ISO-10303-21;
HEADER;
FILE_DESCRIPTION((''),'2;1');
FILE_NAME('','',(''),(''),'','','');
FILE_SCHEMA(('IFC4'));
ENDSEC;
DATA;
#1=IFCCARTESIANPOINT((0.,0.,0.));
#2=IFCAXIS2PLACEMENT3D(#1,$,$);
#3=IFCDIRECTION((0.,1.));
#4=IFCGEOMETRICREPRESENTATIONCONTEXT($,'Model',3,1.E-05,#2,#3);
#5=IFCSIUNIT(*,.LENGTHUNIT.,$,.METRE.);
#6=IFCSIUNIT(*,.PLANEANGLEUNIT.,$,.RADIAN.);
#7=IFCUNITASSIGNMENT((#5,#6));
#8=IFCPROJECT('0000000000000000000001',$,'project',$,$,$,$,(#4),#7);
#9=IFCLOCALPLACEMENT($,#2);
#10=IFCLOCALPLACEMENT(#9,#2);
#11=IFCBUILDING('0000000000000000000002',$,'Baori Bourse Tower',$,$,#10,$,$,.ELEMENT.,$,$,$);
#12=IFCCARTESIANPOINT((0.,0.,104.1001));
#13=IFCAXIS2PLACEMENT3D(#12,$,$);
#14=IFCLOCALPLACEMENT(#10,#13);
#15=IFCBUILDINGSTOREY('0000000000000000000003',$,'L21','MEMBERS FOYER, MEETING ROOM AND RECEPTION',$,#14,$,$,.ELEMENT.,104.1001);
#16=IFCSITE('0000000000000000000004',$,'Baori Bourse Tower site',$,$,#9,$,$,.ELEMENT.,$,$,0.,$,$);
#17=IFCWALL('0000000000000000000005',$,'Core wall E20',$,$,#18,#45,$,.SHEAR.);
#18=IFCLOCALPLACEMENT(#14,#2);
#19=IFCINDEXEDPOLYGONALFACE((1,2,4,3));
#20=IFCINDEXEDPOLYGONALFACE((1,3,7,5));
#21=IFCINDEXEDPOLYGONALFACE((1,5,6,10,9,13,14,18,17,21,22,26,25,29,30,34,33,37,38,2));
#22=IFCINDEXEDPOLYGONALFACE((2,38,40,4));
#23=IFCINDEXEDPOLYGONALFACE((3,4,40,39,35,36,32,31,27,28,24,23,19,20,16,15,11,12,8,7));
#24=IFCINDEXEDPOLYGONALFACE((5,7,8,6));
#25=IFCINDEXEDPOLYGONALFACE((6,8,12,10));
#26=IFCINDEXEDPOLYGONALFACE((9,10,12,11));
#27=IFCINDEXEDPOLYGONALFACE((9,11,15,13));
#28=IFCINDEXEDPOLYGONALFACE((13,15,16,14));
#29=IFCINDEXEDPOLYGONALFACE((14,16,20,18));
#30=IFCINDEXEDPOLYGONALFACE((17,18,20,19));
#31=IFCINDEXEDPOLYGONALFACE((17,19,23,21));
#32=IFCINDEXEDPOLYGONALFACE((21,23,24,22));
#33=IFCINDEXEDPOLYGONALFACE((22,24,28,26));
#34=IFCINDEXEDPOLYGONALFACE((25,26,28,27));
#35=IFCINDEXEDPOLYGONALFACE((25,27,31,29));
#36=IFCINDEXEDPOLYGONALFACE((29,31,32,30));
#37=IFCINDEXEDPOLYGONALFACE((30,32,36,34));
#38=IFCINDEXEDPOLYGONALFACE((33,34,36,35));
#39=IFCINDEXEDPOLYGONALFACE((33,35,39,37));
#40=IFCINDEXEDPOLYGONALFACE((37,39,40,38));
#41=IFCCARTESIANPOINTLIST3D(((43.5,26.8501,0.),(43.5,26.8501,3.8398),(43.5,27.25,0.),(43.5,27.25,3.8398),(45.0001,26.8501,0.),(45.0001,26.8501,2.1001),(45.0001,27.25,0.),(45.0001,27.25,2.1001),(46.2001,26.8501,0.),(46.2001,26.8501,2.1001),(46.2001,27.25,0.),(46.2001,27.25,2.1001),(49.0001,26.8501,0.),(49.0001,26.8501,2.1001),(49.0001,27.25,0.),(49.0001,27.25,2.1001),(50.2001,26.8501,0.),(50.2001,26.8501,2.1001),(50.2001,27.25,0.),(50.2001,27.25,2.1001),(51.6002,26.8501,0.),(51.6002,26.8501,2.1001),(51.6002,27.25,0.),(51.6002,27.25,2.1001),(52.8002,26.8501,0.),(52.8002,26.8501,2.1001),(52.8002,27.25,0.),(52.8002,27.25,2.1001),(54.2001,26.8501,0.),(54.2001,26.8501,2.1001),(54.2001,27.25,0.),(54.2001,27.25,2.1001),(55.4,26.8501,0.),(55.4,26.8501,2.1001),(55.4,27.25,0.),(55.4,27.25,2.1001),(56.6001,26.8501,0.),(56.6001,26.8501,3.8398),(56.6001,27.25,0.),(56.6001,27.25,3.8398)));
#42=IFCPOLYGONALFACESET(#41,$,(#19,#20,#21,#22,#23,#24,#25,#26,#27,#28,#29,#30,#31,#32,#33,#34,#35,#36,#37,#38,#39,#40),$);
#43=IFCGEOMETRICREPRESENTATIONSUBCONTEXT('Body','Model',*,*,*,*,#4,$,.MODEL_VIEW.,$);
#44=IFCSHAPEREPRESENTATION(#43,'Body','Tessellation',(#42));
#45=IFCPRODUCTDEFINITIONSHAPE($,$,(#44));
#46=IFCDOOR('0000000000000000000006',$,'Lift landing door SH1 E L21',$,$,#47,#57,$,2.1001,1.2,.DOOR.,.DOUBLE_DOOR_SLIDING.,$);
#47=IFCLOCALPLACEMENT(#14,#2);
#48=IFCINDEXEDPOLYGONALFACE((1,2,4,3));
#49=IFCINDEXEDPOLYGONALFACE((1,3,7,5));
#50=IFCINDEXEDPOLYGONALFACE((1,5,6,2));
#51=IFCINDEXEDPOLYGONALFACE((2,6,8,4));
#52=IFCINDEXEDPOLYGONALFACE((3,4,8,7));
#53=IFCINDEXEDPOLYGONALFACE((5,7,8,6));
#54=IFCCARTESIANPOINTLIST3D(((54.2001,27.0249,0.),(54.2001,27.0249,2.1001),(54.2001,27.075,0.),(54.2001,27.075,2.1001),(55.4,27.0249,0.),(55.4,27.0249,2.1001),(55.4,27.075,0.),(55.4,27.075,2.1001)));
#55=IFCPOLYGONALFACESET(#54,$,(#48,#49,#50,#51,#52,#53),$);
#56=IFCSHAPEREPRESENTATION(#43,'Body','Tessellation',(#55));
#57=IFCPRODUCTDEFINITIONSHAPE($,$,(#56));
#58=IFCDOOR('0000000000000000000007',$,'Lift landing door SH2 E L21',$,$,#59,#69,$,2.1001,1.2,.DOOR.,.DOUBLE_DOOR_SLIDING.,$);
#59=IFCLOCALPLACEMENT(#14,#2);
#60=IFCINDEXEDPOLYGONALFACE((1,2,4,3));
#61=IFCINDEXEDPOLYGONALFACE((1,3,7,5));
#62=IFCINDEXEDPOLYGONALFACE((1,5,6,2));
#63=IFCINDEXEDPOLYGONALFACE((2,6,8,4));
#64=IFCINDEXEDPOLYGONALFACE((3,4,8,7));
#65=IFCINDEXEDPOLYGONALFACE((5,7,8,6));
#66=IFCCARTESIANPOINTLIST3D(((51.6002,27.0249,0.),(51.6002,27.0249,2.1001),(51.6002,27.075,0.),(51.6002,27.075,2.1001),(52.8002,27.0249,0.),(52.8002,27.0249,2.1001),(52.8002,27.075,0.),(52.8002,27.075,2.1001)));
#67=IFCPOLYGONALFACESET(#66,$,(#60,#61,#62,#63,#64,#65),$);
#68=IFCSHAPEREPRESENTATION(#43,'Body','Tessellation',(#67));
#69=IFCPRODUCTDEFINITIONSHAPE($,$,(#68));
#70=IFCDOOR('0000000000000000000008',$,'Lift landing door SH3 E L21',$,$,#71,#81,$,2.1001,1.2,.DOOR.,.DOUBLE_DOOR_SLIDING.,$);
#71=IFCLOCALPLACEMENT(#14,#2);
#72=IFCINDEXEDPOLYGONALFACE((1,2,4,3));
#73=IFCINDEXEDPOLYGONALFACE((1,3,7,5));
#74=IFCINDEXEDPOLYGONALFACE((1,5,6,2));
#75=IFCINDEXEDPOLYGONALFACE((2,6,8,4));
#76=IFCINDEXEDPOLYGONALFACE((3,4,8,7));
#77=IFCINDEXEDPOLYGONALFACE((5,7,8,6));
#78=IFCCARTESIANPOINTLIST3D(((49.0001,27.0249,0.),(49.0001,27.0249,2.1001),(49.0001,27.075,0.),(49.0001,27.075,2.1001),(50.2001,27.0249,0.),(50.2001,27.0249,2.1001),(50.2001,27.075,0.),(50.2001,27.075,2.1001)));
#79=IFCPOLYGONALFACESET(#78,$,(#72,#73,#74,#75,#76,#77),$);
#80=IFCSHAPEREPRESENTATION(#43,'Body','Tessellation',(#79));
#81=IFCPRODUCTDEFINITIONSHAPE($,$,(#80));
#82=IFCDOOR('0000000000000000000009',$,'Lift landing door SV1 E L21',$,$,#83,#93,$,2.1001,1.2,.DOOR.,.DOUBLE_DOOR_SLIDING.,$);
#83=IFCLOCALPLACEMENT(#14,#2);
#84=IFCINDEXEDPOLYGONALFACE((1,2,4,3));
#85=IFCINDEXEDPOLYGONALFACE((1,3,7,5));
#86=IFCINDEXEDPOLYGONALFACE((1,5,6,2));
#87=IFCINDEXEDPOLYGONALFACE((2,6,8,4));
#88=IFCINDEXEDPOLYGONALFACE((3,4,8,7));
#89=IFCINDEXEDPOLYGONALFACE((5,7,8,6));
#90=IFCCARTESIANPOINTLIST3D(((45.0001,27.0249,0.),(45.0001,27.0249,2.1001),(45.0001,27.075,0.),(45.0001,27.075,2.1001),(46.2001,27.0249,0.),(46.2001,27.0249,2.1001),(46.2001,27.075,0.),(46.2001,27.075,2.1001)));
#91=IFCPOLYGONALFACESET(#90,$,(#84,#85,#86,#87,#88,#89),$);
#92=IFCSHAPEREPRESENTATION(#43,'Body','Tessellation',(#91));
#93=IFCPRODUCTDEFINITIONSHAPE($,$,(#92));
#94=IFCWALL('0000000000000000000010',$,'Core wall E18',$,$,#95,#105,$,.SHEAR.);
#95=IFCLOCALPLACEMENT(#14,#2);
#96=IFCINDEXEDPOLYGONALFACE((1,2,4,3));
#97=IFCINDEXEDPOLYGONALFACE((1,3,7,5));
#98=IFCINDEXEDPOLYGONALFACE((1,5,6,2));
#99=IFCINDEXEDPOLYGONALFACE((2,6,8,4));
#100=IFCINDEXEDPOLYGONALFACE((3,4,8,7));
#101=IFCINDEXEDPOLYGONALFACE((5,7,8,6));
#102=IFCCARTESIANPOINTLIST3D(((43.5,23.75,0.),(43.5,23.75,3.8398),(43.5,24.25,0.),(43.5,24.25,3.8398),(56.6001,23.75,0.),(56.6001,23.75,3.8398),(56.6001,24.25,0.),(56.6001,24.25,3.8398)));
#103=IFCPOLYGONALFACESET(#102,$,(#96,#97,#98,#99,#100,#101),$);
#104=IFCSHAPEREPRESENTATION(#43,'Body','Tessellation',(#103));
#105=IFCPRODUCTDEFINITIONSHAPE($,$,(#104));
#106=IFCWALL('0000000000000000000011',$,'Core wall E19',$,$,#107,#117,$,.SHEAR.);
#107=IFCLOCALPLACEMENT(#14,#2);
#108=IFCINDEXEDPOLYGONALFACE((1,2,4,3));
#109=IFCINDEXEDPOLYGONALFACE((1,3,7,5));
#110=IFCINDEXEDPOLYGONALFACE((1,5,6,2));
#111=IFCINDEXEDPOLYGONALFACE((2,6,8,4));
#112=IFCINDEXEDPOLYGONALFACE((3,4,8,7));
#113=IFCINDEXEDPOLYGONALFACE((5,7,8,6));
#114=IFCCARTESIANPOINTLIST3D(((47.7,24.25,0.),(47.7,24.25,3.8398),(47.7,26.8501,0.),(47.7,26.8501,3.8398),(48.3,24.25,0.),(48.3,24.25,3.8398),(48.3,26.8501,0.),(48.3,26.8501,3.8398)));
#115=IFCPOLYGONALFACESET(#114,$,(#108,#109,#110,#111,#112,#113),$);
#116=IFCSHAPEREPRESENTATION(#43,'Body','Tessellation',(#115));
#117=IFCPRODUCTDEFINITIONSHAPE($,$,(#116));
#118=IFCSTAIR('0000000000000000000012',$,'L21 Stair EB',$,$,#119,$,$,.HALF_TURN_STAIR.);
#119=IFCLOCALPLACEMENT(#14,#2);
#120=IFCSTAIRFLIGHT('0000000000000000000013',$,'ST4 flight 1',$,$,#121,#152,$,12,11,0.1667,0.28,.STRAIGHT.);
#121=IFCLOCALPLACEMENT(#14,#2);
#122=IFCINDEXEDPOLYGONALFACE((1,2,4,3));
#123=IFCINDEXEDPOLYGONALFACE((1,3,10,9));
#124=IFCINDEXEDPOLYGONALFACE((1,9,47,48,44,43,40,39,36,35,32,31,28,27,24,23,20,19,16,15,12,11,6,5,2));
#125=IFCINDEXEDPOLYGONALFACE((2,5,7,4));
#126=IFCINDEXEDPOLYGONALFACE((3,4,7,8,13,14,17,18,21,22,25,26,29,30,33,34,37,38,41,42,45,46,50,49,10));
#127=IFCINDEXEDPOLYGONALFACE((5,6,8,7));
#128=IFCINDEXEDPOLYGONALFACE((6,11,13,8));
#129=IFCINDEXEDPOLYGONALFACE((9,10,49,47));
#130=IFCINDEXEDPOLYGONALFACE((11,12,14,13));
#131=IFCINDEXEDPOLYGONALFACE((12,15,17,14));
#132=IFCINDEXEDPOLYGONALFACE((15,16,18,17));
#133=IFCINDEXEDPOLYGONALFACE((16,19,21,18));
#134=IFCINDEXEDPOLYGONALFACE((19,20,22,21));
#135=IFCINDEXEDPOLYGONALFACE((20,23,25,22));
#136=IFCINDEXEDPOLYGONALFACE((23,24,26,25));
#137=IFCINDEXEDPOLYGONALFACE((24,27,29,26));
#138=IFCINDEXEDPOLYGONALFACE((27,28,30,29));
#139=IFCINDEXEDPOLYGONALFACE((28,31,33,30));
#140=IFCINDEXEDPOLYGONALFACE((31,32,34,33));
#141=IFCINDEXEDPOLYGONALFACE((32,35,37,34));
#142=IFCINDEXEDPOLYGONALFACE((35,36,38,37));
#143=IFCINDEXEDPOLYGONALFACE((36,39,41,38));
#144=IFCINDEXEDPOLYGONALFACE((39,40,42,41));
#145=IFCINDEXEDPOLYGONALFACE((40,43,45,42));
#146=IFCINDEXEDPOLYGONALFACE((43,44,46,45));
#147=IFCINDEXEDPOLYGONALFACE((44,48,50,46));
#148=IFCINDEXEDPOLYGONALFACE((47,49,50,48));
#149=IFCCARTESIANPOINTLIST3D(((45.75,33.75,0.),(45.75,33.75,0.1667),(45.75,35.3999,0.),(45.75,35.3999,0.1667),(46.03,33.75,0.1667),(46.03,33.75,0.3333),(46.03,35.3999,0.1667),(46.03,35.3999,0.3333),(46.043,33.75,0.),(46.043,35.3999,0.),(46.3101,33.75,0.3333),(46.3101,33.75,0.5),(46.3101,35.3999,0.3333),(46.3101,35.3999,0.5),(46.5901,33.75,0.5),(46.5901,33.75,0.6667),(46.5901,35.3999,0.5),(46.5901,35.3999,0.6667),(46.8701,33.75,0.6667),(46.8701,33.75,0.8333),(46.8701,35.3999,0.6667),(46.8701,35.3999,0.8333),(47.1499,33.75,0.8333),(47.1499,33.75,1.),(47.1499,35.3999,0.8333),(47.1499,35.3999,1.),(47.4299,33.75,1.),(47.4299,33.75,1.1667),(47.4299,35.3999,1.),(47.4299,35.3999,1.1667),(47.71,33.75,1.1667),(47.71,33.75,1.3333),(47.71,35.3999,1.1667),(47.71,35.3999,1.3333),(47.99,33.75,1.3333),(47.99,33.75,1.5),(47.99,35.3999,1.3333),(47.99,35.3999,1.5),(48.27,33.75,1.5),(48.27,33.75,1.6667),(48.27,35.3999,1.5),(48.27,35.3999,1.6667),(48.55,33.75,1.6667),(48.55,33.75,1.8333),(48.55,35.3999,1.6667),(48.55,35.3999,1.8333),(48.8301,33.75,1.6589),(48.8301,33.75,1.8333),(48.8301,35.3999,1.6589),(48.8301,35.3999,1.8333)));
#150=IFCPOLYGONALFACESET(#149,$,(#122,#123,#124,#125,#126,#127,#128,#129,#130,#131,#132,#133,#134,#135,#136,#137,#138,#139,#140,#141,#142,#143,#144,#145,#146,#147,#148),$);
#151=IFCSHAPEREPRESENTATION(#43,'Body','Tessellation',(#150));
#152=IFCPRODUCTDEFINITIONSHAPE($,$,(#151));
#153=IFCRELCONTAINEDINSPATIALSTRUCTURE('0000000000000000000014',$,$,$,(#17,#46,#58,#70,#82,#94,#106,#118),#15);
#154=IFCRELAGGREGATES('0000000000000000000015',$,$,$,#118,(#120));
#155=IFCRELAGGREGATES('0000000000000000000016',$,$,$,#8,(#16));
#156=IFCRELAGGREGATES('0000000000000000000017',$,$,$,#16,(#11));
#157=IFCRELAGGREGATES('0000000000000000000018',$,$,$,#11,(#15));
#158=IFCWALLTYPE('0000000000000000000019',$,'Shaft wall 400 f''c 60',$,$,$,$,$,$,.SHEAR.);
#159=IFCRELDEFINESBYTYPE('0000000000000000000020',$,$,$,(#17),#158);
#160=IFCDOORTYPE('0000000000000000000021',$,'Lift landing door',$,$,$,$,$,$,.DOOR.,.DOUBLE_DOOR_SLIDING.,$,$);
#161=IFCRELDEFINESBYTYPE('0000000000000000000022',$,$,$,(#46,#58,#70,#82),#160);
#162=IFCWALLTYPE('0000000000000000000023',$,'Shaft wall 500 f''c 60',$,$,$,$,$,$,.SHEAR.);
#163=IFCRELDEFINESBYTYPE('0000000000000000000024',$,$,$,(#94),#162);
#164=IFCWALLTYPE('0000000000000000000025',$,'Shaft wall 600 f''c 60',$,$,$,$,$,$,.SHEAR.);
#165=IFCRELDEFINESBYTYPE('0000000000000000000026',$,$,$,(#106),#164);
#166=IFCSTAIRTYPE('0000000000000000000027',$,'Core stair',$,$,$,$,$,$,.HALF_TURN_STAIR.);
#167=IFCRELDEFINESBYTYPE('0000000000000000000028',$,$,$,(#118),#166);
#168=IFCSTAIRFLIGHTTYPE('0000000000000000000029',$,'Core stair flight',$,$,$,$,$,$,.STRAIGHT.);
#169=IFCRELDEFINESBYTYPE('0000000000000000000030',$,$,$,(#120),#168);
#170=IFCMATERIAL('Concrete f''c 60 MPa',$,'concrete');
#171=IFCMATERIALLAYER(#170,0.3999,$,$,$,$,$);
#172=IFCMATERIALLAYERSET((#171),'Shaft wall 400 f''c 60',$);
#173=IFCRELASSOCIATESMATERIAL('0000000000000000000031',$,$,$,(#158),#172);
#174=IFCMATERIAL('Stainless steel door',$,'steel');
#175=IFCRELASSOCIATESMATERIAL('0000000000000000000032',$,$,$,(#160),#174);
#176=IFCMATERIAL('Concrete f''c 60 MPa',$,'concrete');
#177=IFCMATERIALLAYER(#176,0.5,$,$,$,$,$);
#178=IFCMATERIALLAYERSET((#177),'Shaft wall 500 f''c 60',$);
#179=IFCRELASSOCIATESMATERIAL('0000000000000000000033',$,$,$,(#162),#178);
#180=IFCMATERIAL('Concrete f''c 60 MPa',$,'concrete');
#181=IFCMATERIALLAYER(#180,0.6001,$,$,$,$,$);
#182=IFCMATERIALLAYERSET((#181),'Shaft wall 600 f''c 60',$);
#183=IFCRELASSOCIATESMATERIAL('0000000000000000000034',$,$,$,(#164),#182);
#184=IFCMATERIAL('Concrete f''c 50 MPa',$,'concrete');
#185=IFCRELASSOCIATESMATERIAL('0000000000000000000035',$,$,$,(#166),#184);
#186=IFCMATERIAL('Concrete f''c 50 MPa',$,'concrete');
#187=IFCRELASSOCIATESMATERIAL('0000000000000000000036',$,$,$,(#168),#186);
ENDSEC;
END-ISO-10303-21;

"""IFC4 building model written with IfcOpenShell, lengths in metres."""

from ifc_helpers import new_model, si_unit, direction, frame, frame_2d, origin, place, context, subcontext, project, spatial, polyline, rectangle, outline, extrude, material, layer, layer_set, type_object, element, fill, aggregate, save


model = new_model("IFC4")

# Units and contexts
model_context = context("Model", 3, precision=1e-05, world=origin(), true_north=direction((0.0, 1.0)))
body_context = subcontext(model_context, "Body", "Model", "MODEL_VIEW")
ifc_project = project(units=[si_unit("LENGTHUNIT", "METRE"), si_unit("PLANEANGLEUNIT", "RADIAN")], contexts=[model_context])

# Site, building, storey
site_placement = place(None, origin())
site = spatial("IfcSite", under=ifc_project, at=site_placement, Name="Baori Bourse Tower site", CompositionType="ELEMENT", RefElevation=0.0)
building_placement = place(site_placement, origin())
building = spatial("IfcBuilding", under=site, at=building_placement, Name="Baori Bourse Tower", CompositionType="ELEMENT")
storey_placement = place(building_placement, frame((0.0, 0.0, 104.1001)))
storey = spatial("IfcBuildingStorey", under=building, at=storey_placement, Name="L21", Description="MEMBERS FOYER, MEETING ROOM AND RECEPTION", CompositionType="ELEMENT", Elevation=104.1001)

# Wall, openings, doors
ifc_material_1 = material(Name="Concrete f'c 60 MPa", Category="concrete")
ifc_layer_1 = layer(ifc_material_1, 0.3999)
ifc_layer_set_1 = layer_set([ifc_layer_1], Name="Shaft wall 400 f'c 60")
wall_type_1 = type_object("IfcWallType", Name="Shaft wall 400 f'c 60", PredefinedType="SHEAR", material=ifc_layer_set_1)
wall_1_placement = place(storey_placement, frame((43.5, 27.05, 0.0), z_axis=(0.0, 0.0, 1.0), x_axis=(1.0, 0.0, 0.0)))
wall_1 = element("IfcWall", 1, at=wall_1_placement, inside=storey, type_object=wall_type_1, Name="Core wall E20", PredefinedType="SHEAR", context=body_context, shape_type="SweptSolid", body=[
    extrude(rectangle(XDim=13.1001, YDim=0.3999, at=frame_2d((6.55, 0.0))), origin(), (0.0, 0.0, 1.0), 3.8398),
])
opening_1_placement = place(wall_1_placement, frame((10.7, 0.0, 0.0)))
opening_1 = element("IfcOpeningElement", 2, at=opening_1_placement, cuts=wall_1, PredefinedType="OPENING", context=body_context, shape_type="SweptSolid", body=[
    extrude(rectangle(XDim=1.2, YDim=2.1001, at=frame_2d((0.6001, 1.05))), frame((0.0, 0.21, 0.0), z_axis=(0.0, -1.0, 0.0), x_axis=(1.0, 0.0, 0.0)), (0.0, 0.0, 1.0), 0.4199),
])
opening_2_placement = place(wall_1_placement, frame((8.1001, 0.0, 0.0)))
opening_2 = element("IfcOpeningElement", 3, at=opening_2_placement, cuts=wall_1, PredefinedType="OPENING", context=body_context, shape_type="SweptSolid", body=[
    extrude(rectangle(XDim=1.2, YDim=2.1001, at=frame_2d((0.6001, 1.05))), frame((0.0, 0.21, 0.0), z_axis=(0.0, -1.0, 0.0), x_axis=(1.0, 0.0, 0.0)), (0.0, 0.0, 1.0), 0.4199),
])
opening_3_placement = place(wall_1_placement, frame((5.5, 0.0, 0.0)))
opening_3 = element("IfcOpeningElement", 4, at=opening_3_placement, cuts=wall_1, PredefinedType="OPENING", context=body_context, shape_type="SweptSolid", body=[
    extrude(rectangle(XDim=1.2, YDim=2.1001, at=frame_2d((0.6001, 1.05))), frame((0.0, 0.21, 0.0), z_axis=(0.0, -1.0, 0.0), x_axis=(1.0, 0.0, 0.0)), (0.0, 0.0, 1.0), 0.4199),
])
opening_4_placement = place(wall_1_placement, frame((1.5, 0.0, 0.0)))
opening_4 = element("IfcOpeningElement", 5, at=opening_4_placement, cuts=wall_1, PredefinedType="OPENING", context=body_context, shape_type="SweptSolid", body=[
    extrude(rectangle(XDim=1.2, YDim=2.1001, at=frame_2d((0.6001, 1.05))), frame((0.0, 0.21, 0.0), z_axis=(0.0, -1.0, 0.0), x_axis=(1.0, 0.0, 0.0)), (0.0, 0.0, 1.0), 0.4199),
])
ifc_material_2 = material(Name="Stainless steel door", Category="steel")
door_type_1 = type_object("IfcDoorType", Name="Lift landing door", OperationType="DOUBLE_DOOR_SLIDING", PredefinedType="DOOR", material=ifc_material_2)
door_1_placement = place(opening_1_placement, origin())
door_1 = element("IfcDoor", 6, at=door_1_placement, inside=storey, type_object=door_type_1, Name="Lift landing door SH1 E L21", OperationType="DOUBLE_DOOR_SLIDING", OverallHeight=2.1001, OverallWidth=1.2, PredefinedType="DOOR", context=body_context, shape_type="SweptSolid", body=[
    extrude(rectangle(XDim=1.2, YDim=2.1001, at=frame_2d((0.6001, 1.05))), frame((0.0, 0.0249, 0.0), z_axis=(0.0, -1.0, 0.0), x_axis=(1.0, 0.0, 0.0)), (0.0, 0.0, 1.0), 0.05),
])
fill(opening_1, door_1)
door_2_placement = place(opening_2_placement, origin())
door_2 = element("IfcDoor", 7, at=door_2_placement, inside=storey, type_object=door_type_1, Name="Lift landing door SH2 E L21", OperationType="DOUBLE_DOOR_SLIDING", OverallHeight=2.1001, OverallWidth=1.2, PredefinedType="DOOR", context=body_context, shape_type="SweptSolid", body=[
    extrude(rectangle(XDim=1.2, YDim=2.1001, at=frame_2d((0.6001, 1.05))), frame((0.0, 0.0249, 0.0), z_axis=(0.0, -1.0, 0.0), x_axis=(1.0, 0.0, 0.0)), (0.0, 0.0, 1.0), 0.05),
])
fill(opening_2, door_2)
door_3_placement = place(opening_3_placement, origin())
door_3 = element("IfcDoor", 8, at=door_3_placement, inside=storey, type_object=door_type_1, Name="Lift landing door SH3 E L21", OperationType="DOUBLE_DOOR_SLIDING", OverallHeight=2.1001, OverallWidth=1.2, PredefinedType="DOOR", context=body_context, shape_type="SweptSolid", body=[
    extrude(rectangle(XDim=1.2, YDim=2.1001, at=frame_2d((0.6001, 1.05))), frame((0.0, 0.0249, 0.0), z_axis=(0.0, -1.0, 0.0), x_axis=(1.0, 0.0, 0.0)), (0.0, 0.0, 1.0), 0.05),
])
fill(opening_3, door_3)
door_4_placement = place(opening_4_placement, origin())
door_4 = element("IfcDoor", 9, at=door_4_placement, inside=storey, type_object=door_type_1, Name="Lift landing door SV1 E L21", OperationType="DOUBLE_DOOR_SLIDING", OverallHeight=2.1001, OverallWidth=1.2, PredefinedType="DOOR", context=body_context, shape_type="SweptSolid", body=[
    extrude(rectangle(XDim=1.2, YDim=2.1001, at=frame_2d((0.6001, 1.05))), frame((0.0, 0.0249, 0.0), z_axis=(0.0, -1.0, 0.0), x_axis=(1.0, 0.0, 0.0)), (0.0, 0.0, 1.0), 0.05),
])
fill(opening_4, door_4)

# Walls
ifc_material_3 = material(Name="Concrete f'c 60 MPa", Category="concrete")
ifc_layer_2 = layer(ifc_material_3, 0.5)
ifc_layer_set_2 = layer_set([ifc_layer_2], Name="Shaft wall 500 f'c 60")
wall_type_2 = type_object("IfcWallType", Name="Shaft wall 500 f'c 60", PredefinedType="SHEAR", material=ifc_layer_set_2)
wall_2_placement = place(storey_placement, frame((43.5, 24.0, 0.0), z_axis=(0.0, 0.0, 1.0), x_axis=(1.0, 0.0, 0.0)))
element("IfcWall", 10, at=wall_2_placement, inside=storey, type_object=wall_type_2, Name="Core wall E18", PredefinedType="SHEAR", context=body_context, shape_type="SweptSolid", body=[
    extrude(rectangle(XDim=13.1001, YDim=0.5, at=frame_2d((6.55, 0.0))), origin(), (0.0, 0.0, 1.0), 3.8398),
])
ifc_material_4 = material(Name="Concrete f'c 60 MPa", Category="concrete")
ifc_layer_3 = layer(ifc_material_4, 0.6001)
ifc_layer_set_3 = layer_set([ifc_layer_3], Name="Shaft wall 600 f'c 60")
wall_type_3 = type_object("IfcWallType", Name="Shaft wall 600 f'c 60", PredefinedType="SHEAR", material=ifc_layer_set_3)
wall_3_placement = place(storey_placement, frame((48.0, 24.25, 0.0), z_axis=(0.0, 0.0, 1.0), x_axis=(0.0, 1.0, 0.0)))
element("IfcWall", 11, at=wall_3_placement, inside=storey, type_object=wall_type_3, Name="Core wall E19", PredefinedType="SHEAR", context=body_context, shape_type="SweptSolid", body=[
    extrude(rectangle(XDim=2.6001, YDim=0.6001, at=frame_2d((1.3, 0.0))), origin(), (0.0, 0.0, 1.0), 3.8398),
])

# Stair, stair flight
ifc_material_5 = material(Name="Concrete f'c 50 MPa", Category="concrete")
stair_type = type_object("IfcStairType", Name="Core stair", PredefinedType="HALF_TURN_STAIR", material=ifc_material_5)
stair_placement = place(storey_placement, origin())
stair = element("IfcStair", 12, at=stair_placement, inside=storey, type_object=stair_type, Name="L21 Stair EB", PredefinedType="HALF_TURN_STAIR")
ifc_material_6 = material(Name="Concrete f'c 50 MPa", Category="concrete")
stair_flight_type = type_object("IfcStairFlightType", Name="Core stair flight", PredefinedType="STRAIGHT", material=ifc_material_6)
stair_flight_1_placement = place(storey_placement, frame((45.75, 34.575, 0.0), z_axis=(0.0, 0.0, 1.0), x_axis=(1.0, 0.0, 0.0)))
stair_flight_1 = element("IfcStairFlight", 13, at=stair_flight_1_placement, type_object=stair_flight_type, Name="ST4 flight 1", NumberOfRisers=12, NumberOfTreads=11, PredefinedType="STRAIGHT", RiserHeight=0.1667, TreadLength=0.28, context=body_context, shape_type="SweptSolid", body=[
    extrude(outline(polyline([(0.0, 0.0), (0.0, 0.1667), (0.28, 0.1667), (0.28, 0.3333), (0.5601, 0.3333), (0.5601, 0.5), (0.8401, 0.5), (0.8401, 0.6667), (1.1201, 0.6667), (1.1201, 0.8333), (1.3999, 0.8333), (1.3999, 1.0), (1.6799, 1.0), (1.6799, 1.1667), (1.96, 1.1667), (1.96, 1.3333), (2.24, 1.3333), (2.24, 1.5), (2.52, 1.5), (2.52, 1.6667), (2.8, 1.6667), (2.8, 1.8333), (3.0801, 1.8333), (3.0801, 2.0), (3.0801, 1.6589), (0.293, 0.0), (0.0, 0.0)])), frame((0.0, 0.825, 0.0), z_axis=(0.0, -1.0, 0.0), x_axis=(1.0, 0.0, 0.0)), (0.0, 0.0, 1.0), 1.6499),
])
aggregate(stair, [stair_flight_1])

save(model, "model.ifc")
